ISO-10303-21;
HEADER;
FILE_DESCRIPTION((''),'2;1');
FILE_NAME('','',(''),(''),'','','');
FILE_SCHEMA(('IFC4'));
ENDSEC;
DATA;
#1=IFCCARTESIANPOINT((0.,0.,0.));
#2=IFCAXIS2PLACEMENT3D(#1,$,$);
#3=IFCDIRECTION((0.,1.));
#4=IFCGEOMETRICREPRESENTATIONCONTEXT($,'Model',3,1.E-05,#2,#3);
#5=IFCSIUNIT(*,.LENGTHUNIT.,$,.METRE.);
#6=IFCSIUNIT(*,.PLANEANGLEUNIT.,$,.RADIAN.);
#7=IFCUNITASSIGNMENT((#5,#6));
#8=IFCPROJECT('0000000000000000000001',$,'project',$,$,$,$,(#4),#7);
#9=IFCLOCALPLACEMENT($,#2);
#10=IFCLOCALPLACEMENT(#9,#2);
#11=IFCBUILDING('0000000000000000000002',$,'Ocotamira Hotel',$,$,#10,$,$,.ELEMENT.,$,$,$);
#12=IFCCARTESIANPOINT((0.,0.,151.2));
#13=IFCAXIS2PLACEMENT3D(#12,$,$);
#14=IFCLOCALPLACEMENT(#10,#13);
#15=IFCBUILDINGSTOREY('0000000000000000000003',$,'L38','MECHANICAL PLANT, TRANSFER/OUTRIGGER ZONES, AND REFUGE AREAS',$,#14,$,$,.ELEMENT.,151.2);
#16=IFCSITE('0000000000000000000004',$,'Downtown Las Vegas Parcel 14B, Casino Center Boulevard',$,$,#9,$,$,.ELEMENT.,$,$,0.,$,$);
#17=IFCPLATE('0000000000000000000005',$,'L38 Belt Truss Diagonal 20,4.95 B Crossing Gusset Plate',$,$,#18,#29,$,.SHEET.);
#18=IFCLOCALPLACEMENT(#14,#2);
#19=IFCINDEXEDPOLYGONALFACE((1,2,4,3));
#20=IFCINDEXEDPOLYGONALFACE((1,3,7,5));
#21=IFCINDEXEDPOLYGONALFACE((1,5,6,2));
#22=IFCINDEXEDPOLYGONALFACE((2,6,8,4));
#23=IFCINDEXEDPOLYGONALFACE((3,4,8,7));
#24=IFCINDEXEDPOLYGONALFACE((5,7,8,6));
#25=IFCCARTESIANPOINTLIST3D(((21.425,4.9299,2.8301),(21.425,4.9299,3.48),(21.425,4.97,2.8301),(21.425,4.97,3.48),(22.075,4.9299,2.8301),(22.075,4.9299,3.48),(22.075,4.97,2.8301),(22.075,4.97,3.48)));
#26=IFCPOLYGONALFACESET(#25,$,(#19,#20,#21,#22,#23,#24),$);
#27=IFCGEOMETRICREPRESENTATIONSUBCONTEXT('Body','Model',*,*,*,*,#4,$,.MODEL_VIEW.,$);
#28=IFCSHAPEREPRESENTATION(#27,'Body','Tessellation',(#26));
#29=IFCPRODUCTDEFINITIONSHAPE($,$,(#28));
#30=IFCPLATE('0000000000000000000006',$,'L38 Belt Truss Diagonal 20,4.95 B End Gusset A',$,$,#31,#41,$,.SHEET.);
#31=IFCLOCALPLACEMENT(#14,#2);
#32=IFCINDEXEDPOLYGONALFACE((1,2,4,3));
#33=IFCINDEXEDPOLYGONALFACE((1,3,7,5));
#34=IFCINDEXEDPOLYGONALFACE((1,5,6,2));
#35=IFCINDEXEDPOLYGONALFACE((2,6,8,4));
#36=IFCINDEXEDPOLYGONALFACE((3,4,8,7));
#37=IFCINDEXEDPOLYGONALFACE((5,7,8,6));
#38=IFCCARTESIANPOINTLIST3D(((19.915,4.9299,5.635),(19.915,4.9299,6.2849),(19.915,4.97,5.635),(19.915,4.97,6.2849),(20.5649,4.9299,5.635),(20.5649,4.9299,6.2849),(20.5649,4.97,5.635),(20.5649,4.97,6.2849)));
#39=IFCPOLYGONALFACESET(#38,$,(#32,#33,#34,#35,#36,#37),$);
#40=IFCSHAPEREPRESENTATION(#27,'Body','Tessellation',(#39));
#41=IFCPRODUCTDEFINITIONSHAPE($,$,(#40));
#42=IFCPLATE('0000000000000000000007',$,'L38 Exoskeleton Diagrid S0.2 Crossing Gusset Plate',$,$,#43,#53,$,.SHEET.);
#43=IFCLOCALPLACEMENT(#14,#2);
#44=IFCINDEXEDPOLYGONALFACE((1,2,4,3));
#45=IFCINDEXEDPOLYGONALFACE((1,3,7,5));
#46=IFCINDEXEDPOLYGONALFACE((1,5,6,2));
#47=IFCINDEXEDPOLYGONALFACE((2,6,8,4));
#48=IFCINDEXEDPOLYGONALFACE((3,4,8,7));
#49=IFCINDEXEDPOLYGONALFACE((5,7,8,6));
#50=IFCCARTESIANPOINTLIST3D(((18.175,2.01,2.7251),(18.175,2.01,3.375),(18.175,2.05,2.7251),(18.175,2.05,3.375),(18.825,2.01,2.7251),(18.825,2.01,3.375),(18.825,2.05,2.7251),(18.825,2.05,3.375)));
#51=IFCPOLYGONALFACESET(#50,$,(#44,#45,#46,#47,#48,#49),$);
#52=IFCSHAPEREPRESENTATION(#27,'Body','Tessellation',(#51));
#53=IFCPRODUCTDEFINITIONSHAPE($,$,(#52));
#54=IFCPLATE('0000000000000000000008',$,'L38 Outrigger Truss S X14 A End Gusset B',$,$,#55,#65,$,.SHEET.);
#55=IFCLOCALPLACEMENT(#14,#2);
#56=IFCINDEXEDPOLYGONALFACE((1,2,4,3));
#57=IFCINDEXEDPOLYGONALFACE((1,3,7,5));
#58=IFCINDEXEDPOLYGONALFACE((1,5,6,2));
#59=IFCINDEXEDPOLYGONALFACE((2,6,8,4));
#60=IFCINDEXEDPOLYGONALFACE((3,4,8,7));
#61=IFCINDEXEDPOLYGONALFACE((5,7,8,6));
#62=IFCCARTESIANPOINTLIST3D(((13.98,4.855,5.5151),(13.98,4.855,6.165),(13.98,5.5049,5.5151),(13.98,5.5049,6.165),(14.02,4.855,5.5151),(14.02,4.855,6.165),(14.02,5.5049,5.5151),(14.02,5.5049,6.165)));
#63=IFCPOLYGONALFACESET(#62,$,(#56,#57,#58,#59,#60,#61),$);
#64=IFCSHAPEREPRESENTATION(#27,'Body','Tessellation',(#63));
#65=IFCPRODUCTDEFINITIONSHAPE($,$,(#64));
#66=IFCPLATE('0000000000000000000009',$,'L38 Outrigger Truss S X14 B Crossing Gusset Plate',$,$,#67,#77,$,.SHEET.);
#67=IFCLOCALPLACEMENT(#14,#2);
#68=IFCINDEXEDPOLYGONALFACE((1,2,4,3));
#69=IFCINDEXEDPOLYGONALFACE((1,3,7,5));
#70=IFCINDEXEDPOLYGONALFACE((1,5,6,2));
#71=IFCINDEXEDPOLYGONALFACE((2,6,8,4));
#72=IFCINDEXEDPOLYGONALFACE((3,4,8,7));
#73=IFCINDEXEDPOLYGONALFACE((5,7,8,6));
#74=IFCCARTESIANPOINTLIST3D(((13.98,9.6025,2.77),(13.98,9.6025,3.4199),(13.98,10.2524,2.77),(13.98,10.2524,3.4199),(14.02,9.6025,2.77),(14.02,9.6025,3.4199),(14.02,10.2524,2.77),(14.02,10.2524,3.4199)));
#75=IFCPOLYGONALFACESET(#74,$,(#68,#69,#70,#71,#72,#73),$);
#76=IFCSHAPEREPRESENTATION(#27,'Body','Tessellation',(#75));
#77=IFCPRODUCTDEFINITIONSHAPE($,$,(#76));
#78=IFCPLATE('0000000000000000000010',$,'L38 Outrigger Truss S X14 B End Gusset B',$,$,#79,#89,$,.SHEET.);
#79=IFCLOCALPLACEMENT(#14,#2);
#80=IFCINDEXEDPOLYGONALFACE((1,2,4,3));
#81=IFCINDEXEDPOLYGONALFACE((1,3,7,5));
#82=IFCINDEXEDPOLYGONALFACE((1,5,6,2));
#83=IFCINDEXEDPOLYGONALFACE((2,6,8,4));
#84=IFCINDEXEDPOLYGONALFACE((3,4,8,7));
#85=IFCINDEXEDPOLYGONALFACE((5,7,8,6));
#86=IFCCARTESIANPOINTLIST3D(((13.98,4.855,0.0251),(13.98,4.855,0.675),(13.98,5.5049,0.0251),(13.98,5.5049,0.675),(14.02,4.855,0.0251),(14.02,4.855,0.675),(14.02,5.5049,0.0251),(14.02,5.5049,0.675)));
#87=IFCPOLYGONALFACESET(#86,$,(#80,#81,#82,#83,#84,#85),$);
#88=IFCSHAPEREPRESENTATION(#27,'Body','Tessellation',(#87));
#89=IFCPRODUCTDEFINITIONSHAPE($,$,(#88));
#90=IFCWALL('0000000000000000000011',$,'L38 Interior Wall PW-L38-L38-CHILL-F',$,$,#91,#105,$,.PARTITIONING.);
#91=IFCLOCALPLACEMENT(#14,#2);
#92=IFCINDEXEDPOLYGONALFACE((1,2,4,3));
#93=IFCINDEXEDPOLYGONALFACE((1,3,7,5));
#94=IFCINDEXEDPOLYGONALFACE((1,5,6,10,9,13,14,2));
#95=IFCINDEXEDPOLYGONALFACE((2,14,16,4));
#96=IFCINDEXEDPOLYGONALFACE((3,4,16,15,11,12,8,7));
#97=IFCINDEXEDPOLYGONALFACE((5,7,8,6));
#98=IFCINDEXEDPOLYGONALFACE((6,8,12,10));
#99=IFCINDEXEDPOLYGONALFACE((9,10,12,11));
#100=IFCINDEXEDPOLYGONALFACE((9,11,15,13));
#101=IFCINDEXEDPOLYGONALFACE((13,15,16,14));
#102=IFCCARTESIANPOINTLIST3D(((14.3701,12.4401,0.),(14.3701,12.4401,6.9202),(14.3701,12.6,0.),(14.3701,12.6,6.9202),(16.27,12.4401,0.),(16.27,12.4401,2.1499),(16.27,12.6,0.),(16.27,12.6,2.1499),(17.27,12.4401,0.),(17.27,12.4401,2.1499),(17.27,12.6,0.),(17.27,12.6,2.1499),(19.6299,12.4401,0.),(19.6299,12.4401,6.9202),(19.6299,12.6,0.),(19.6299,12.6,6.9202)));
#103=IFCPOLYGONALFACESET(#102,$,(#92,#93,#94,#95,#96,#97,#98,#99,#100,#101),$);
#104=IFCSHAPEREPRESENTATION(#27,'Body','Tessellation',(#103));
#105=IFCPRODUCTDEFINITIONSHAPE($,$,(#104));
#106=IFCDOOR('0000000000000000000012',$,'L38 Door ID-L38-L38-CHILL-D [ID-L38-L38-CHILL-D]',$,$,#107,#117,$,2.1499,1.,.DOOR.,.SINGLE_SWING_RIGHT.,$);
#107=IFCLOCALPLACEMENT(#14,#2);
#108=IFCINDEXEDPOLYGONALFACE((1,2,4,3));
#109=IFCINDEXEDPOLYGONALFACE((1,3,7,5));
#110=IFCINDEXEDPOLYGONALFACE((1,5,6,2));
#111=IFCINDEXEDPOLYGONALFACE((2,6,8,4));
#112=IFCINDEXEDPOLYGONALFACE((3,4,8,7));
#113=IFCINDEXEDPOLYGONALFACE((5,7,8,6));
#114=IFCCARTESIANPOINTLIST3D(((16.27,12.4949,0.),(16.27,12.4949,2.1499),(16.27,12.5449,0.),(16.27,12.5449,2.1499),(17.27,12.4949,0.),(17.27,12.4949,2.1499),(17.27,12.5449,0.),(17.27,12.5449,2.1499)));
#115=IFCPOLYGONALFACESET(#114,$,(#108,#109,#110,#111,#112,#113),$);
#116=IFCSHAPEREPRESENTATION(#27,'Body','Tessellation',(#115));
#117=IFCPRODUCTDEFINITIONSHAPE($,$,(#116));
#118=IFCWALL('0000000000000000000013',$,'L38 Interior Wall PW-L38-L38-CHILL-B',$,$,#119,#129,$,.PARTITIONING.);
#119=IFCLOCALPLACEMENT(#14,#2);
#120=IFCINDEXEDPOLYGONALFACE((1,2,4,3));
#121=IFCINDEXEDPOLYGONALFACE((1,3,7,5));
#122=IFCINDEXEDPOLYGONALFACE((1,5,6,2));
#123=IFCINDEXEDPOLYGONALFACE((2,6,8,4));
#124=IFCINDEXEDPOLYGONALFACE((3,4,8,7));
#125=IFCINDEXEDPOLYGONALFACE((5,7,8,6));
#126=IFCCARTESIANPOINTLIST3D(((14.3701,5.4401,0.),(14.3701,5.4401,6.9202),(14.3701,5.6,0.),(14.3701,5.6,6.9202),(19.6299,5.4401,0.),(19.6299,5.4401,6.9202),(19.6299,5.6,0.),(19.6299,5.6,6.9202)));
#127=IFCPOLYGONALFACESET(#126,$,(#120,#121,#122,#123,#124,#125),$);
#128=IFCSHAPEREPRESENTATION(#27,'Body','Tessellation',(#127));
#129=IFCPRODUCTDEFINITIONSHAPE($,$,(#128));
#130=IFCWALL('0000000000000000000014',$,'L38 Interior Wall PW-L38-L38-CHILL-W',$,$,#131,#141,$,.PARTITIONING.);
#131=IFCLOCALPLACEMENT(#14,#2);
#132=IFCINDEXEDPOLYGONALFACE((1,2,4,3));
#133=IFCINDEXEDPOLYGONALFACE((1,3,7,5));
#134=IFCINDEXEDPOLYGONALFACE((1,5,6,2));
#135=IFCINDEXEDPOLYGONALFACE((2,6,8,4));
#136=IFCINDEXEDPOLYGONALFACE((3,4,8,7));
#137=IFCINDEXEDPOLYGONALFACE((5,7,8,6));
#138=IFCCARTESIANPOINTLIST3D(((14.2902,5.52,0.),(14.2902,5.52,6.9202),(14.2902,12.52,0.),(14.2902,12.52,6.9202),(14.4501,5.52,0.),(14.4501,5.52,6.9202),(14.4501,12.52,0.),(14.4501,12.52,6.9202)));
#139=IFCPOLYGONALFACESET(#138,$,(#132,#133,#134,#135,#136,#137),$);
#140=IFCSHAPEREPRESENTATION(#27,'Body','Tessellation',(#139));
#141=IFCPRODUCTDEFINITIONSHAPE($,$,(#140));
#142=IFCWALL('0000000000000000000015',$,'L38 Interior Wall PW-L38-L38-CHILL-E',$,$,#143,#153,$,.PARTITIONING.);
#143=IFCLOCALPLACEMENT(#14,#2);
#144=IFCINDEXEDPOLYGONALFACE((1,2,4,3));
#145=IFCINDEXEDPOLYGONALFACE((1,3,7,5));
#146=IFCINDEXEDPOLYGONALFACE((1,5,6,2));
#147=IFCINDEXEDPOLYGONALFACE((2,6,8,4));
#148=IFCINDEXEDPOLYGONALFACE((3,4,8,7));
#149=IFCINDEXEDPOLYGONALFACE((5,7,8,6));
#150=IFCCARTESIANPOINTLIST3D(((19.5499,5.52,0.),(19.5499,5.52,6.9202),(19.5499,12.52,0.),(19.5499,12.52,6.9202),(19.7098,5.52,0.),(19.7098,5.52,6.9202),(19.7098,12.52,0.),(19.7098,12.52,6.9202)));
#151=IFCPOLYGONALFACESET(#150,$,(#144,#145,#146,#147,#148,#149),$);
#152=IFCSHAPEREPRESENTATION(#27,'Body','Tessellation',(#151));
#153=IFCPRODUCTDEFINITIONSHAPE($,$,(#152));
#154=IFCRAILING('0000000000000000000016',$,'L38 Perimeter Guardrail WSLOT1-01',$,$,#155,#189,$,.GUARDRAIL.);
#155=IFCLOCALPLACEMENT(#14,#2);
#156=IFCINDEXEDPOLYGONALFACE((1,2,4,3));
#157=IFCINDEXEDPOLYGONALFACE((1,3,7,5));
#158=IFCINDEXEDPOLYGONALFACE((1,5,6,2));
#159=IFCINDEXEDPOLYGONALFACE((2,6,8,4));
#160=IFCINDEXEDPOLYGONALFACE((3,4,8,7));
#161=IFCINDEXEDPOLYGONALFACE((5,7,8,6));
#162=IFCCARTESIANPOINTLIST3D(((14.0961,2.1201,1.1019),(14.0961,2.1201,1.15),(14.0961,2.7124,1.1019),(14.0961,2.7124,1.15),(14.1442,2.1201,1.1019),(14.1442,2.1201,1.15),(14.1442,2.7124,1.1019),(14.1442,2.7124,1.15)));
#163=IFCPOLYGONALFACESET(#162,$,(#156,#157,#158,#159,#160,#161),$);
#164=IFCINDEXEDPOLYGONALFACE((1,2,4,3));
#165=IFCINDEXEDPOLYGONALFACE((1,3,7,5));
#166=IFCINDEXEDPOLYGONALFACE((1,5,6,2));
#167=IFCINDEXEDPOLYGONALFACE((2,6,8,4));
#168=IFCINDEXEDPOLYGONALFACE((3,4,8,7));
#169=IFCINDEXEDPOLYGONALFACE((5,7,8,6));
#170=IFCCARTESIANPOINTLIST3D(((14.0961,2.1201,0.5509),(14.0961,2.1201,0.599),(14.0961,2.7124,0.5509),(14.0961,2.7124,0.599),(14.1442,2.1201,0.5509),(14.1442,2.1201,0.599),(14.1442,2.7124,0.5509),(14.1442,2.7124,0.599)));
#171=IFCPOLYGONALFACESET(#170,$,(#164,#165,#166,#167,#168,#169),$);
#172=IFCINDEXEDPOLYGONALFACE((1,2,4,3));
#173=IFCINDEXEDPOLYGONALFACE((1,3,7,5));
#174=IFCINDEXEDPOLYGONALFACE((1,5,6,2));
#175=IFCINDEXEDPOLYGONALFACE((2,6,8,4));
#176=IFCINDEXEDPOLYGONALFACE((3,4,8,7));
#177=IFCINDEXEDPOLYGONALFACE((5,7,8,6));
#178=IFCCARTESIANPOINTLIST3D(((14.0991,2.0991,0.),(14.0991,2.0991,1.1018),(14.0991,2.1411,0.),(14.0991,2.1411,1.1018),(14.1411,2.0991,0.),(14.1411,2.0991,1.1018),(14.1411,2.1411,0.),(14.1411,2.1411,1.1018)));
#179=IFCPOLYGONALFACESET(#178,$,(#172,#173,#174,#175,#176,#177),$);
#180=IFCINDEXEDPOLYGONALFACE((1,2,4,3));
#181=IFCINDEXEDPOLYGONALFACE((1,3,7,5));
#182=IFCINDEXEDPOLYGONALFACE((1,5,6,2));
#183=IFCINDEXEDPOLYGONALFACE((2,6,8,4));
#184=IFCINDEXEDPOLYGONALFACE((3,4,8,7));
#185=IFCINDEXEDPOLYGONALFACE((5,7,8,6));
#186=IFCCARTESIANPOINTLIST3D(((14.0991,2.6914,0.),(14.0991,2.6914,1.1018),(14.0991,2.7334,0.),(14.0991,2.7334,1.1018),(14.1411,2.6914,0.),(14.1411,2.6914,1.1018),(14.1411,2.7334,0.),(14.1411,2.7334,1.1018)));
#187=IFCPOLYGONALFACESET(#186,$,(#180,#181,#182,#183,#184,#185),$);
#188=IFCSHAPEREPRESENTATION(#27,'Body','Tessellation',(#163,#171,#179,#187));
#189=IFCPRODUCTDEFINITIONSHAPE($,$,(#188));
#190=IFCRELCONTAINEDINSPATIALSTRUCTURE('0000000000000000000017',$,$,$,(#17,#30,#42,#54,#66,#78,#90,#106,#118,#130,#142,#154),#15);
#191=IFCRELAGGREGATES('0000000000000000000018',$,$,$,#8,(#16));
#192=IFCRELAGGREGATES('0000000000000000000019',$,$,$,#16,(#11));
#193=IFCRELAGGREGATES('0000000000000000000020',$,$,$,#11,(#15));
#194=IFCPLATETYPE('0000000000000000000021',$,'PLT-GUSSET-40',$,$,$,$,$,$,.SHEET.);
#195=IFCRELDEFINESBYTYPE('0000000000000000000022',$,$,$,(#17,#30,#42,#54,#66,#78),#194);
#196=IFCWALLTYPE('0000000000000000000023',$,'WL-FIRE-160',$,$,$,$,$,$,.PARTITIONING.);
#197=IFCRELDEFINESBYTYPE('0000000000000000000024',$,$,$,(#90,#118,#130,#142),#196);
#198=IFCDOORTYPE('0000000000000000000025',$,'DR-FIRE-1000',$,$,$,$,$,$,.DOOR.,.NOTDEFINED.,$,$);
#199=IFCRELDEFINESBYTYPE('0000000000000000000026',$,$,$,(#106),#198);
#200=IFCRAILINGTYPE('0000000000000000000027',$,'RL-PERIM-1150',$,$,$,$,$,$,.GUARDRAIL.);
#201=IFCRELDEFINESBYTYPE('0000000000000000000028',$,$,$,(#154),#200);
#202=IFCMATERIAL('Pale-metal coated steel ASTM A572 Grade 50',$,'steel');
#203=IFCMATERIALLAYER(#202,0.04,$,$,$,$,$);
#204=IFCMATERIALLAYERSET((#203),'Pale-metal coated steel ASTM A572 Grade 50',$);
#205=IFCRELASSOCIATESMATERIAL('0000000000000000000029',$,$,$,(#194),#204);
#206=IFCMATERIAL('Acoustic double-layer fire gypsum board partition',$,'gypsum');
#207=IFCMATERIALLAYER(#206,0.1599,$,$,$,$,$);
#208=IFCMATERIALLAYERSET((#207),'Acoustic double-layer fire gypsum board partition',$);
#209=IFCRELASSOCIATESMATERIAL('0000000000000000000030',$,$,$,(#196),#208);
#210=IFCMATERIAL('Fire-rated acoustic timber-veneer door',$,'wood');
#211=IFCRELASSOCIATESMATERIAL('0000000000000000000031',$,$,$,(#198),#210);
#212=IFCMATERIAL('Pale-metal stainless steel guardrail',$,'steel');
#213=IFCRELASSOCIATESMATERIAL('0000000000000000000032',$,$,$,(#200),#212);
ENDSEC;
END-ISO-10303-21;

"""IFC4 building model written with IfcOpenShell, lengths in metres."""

from ifc_helpers import new_model, si_unit, direction, frame, frame_2d, origin, origin_2d, place, context, subcontext, project, spatial, rectangle, extrude, source, transform, mapped, material, layer, layer_set, type_object, element, fill, save


model = new_model("IFC4")

# Units and contexts
model_context = context("Model", 3, precision=1e-05, world=origin(), true_north=direction((0.0, 1.0)))
body_context = subcontext(model_context, "Body", "Model", "MODEL_VIEW")
ifc_project = project(units=[si_unit("LENGTHUNIT", "METRE"), si_unit("PLANEANGLEUNIT", "RADIAN")], contexts=[model_context])

# Site, building, storey
site_placement = place(None, origin())
site = spatial("IfcSite", under=ifc_project, at=site_placement, Name="Downtown Las Vegas Parcel 14B, Casino Center Boulevard", CompositionType="ELEMENT", RefElevation=0.0)
building_placement = place(site_placement, origin())
building = spatial("IfcBuilding", under=site, at=building_placement, Name="Ocotamira Hotel", CompositionType="ELEMENT")
storey_placement = place(building_placement, frame((0.0, 0.0, 151.2)))
storey = spatial("IfcBuildingStorey", under=building, at=storey_placement, Name="L38", Description="MECHANICAL PLANT, TRANSFER/OUTRIGGER ZONES, AND REFUGE AREAS", CompositionType="ELEMENT", Elevation=151.2)

# Plates
ifc_material_1 = material(Name="Pale-metal coated steel ASTM A572 Grade 50", Category="steel")
ifc_layer_1 = layer(ifc_material_1, 0.04)
ifc_layer_set_1 = layer_set([ifc_layer_1], Name="Pale-metal coated steel ASTM A572 Grade 50")
plate_type = type_object("IfcPlateType", Name="PLT-GUSSET-40", PredefinedType="SHEET", material=ifc_layer_set_1)
shared_shape_1 = source(origin(), body_context, "Body", "SweptSolid", [
    extrude(rectangle(XDim=0.6499, YDim=0.04, at=origin_2d()), origin(), (0.0, 0.0, 1.0), 0.6499),
])
for number, where, z_axis, x_axis, name in (
    (1, (21.75, 4.95, 2.8301), (0.0, 0.0, 1.0), (1.0, 0.0, 0.0), "L38 Belt Truss Diagonal 20,4.95 B Crossing Gusset Plate"),
    (2, (20.24, 4.95, 5.635), (0.0, 0.0, 1.0), (1.0, 0.0, 0.0), "L38 Belt Truss Diagonal 20,4.95 B End Gusset A"),
    (3, (18.5, 2.03, 2.7251), (0.0, 0.0, 1.0), (-1.0, 0.0, 0.0), "L38 Exoskeleton Diagrid S0.2 Crossing Gusset Plate"),
):
    element("IfcPlate", number, at=place(storey_placement, frame(where, z_axis=z_axis, x_axis=x_axis)), inside=storey, type_object=plate_type, Name=name, PredefinedType="SHEET", context=body_context, shape_type="MappedRepresentation", body=[
        mapped(shared_shape_1, transform((0.0, 0.0, 0.0), scale=1.0)),
    ])
shared_shape_2 = source(origin(), body_context, "Body", "SweptSolid", [
    extrude(rectangle(XDim=0.04, YDim=0.6499, at=origin_2d()), origin(), (0.0, 0.0, 1.0), 0.6499),
])
for number, where, z_axis, x_axis, name in (
    (4, (14.0, 5.1799, 5.5151), (0.0, 0.0, 1.0), (1.0, 0.0, 0.0), "L38 Outrigger Truss S X14 A End Gusset B"),
    (5, (14.0, 9.9275, 2.77), (0.0, 0.0, 1.0), (1.0, 0.0, 0.0), "L38 Outrigger Truss S X14 B Crossing Gusset Plate"),
    (6, (14.0, 5.1799, 0.0251), (0.0, 0.0, 1.0), (1.0, 0.0, 0.0), "L38 Outrigger Truss S X14 B End Gusset B"),
):
    element("IfcPlate", number, at=place(storey_placement, frame(where, z_axis=z_axis, x_axis=x_axis)), inside=storey, type_object=plate_type, Name=name, PredefinedType="SHEET", context=body_context, shape_type="MappedRepresentation", body=[
        mapped(shared_shape_2, transform((0.0, 0.0, 0.0), scale=1.0)),
    ])

# Wall, opening, door
ifc_material_2 = material(Name="Acoustic double-layer fire gypsum board partition", Category="gypsum")
ifc_layer_2 = layer(ifc_material_2, 0.1599)
ifc_layer_set_2 = layer_set([ifc_layer_2], Name="Acoustic double-layer fire gypsum board partition")
wall_type = type_object("IfcWallType", Name="WL-FIRE-160", PredefinedType="PARTITIONING", material=ifc_layer_set_2)
wall_1_placement = place(storey_placement, frame((14.3701, 12.52, 0.0), z_axis=(0.0, 0.0, 1.0), x_axis=(1.0, 0.0, 0.0)))
wall_1 = element("IfcWall", 7, at=wall_1_placement, inside=storey, type_object=wall_type, Name="L38 Interior Wall PW-L38-L38-CHILL-F", PredefinedType="PARTITIONING", context=body_context, shape_type="SweptSolid", body=[
    extrude(rectangle(XDim=5.2598, YDim=0.1599, at=frame_2d((2.6299, 0.0))), origin(), (0.0, 0.0, 1.0), 6.9202),
])
opening_placement = place(wall_1_placement, frame((1.8999, 0.0, 0.0)))
opening = element("IfcOpeningElement", 8, at=opening_placement, cuts=wall_1, PredefinedType="OPENING", context=body_context, shape_type="SweptSolid", body=[
    extrude(rectangle(XDim=1.0, YDim=2.1499, at=frame_2d((0.5, 1.075))), frame((0.0, 0.0898, 0.0), z_axis=(0.0, -1.0, 0.0), x_axis=(1.0, 0.0, 0.0)), (0.0, 0.0, 1.0), 0.1799),
])
ifc_material_3 = material(Name="Fire-rated acoustic timber-veneer door", Category="wood")
door_type = type_object("IfcDoorType", Name="DR-FIRE-1000", OperationType="NOTDEFINED", PredefinedType="DOOR", material=ifc_material_3)
shared_shape_3 = source(origin(), body_context, "Body", "SweptSolid", [
    extrude(rectangle(XDim=1.0, YDim=2.1499, at=frame_2d((0.5, 1.075))), frame((0.0, 0.0249, 0.0), z_axis=(0.0, -1.0, 0.0), x_axis=(1.0, 0.0, 0.0)), (0.0, 0.0, 1.0), 0.05),
])
door_placement = place(opening_placement, origin())
door = element("IfcDoor", 9, at=door_placement, inside=storey, type_object=door_type, Name="L38 Door ID-L38-L38-CHILL-D [ID-L38-L38-CHILL-D]", OperationType="SINGLE_SWING_RIGHT", OverallHeight=2.1499, OverallWidth=1.0, PredefinedType="DOOR", context=body_context, shape_type="MappedRepresentation", body=[
    mapped(shared_shape_3, transform((0.0, 0.0, 0.0), scale=1.0)),
])
fill(opening, door)

# Walls
wall_2_placement = place(storey_placement, frame((14.3701, 5.52, 0.0), z_axis=(0.0, 0.0, 1.0), x_axis=(1.0, 0.0, 0.0)))
element("IfcWall", 10, at=wall_2_placement, inside=storey, type_object=wall_type, Name="L38 Interior Wall PW-L38-L38-CHILL-B", PredefinedType="PARTITIONING", context=body_context, shape_type="SweptSolid", body=[
    extrude(rectangle(XDim=5.2598, YDim=0.1599, at=frame_2d((2.6299, 0.0))), origin(), (0.0, 0.0, 1.0), 6.9202),
])
for number, where, z_axis, x_axis, name in (
    (11, (14.3701, 5.52, 0.0), (0.0, 0.0, 1.0), (0.0, 1.0, 0.0), "L38 Interior Wall PW-L38-L38-CHILL-W"),
    (12, (19.6299, 5.52, 0.0), (0.0, 0.0, 1.0), (0.0, 1.0, 0.0), "L38 Interior Wall PW-L38-L38-CHILL-E"),
):
    element("IfcWall", number, at=place(storey_placement, frame(where, z_axis=z_axis, x_axis=x_axis)), inside=storey, type_object=wall_type, Name=name, PredefinedType="PARTITIONING", context=body_context, shape_type="SweptSolid", body=[
        extrude(rectangle(XDim=7.0, YDim=0.1599, at=frame_2d((3.5, 0.0))), origin(), (0.0, 0.0, 1.0), 6.9202),
    ])

# Railing
ifc_material_4 = material(Name="Pale-metal stainless steel guardrail", Category="steel")
railing_type = type_object("IfcRailingType", Name="RL-PERIM-1150", PredefinedType="GUARDRAIL", material=ifc_material_4)
railing_1_placement = place(storey_placement, frame((14.1201, 2.1201, 0.0)))
element("IfcRailing", 13, at=railing_1_placement, inside=storey, type_object=railing_type, Name="L38 Perimeter Guardrail WSLOT1-01", PredefinedType="GUARDRAIL", context=body_context, shape_type="SweptSolid", body=[
    extrude(rectangle(XDim=0.0481, YDim=0.0481, at=origin_2d()), frame((0.0, 0.0, 1.126), z_axis=(0.0, 1.0, 0.0), x_axis=(-1.0, 0.0, 0.0)), (0.0, 0.0, 1.0), 0.5923),
    extrude(rectangle(XDim=0.0481, YDim=0.0481, at=origin_2d()), frame((0.0, 0.0, 0.575), z_axis=(0.0, 1.0, 0.0), x_axis=(-1.0, 0.0, 0.0)), (0.0, 0.0, 1.0), 0.5923),
    extrude(rectangle(XDim=0.042, YDim=0.042, at=origin_2d()), origin(), (0.0, 0.0, 1.0), 1.1018),
    extrude(rectangle(XDim=0.042, YDim=0.042, at=origin_2d()), frame((0.0, 0.5923, 0.0)), (0.0, 0.0, 1.0), 1.1018),
])

save(model, "model.ifc")
